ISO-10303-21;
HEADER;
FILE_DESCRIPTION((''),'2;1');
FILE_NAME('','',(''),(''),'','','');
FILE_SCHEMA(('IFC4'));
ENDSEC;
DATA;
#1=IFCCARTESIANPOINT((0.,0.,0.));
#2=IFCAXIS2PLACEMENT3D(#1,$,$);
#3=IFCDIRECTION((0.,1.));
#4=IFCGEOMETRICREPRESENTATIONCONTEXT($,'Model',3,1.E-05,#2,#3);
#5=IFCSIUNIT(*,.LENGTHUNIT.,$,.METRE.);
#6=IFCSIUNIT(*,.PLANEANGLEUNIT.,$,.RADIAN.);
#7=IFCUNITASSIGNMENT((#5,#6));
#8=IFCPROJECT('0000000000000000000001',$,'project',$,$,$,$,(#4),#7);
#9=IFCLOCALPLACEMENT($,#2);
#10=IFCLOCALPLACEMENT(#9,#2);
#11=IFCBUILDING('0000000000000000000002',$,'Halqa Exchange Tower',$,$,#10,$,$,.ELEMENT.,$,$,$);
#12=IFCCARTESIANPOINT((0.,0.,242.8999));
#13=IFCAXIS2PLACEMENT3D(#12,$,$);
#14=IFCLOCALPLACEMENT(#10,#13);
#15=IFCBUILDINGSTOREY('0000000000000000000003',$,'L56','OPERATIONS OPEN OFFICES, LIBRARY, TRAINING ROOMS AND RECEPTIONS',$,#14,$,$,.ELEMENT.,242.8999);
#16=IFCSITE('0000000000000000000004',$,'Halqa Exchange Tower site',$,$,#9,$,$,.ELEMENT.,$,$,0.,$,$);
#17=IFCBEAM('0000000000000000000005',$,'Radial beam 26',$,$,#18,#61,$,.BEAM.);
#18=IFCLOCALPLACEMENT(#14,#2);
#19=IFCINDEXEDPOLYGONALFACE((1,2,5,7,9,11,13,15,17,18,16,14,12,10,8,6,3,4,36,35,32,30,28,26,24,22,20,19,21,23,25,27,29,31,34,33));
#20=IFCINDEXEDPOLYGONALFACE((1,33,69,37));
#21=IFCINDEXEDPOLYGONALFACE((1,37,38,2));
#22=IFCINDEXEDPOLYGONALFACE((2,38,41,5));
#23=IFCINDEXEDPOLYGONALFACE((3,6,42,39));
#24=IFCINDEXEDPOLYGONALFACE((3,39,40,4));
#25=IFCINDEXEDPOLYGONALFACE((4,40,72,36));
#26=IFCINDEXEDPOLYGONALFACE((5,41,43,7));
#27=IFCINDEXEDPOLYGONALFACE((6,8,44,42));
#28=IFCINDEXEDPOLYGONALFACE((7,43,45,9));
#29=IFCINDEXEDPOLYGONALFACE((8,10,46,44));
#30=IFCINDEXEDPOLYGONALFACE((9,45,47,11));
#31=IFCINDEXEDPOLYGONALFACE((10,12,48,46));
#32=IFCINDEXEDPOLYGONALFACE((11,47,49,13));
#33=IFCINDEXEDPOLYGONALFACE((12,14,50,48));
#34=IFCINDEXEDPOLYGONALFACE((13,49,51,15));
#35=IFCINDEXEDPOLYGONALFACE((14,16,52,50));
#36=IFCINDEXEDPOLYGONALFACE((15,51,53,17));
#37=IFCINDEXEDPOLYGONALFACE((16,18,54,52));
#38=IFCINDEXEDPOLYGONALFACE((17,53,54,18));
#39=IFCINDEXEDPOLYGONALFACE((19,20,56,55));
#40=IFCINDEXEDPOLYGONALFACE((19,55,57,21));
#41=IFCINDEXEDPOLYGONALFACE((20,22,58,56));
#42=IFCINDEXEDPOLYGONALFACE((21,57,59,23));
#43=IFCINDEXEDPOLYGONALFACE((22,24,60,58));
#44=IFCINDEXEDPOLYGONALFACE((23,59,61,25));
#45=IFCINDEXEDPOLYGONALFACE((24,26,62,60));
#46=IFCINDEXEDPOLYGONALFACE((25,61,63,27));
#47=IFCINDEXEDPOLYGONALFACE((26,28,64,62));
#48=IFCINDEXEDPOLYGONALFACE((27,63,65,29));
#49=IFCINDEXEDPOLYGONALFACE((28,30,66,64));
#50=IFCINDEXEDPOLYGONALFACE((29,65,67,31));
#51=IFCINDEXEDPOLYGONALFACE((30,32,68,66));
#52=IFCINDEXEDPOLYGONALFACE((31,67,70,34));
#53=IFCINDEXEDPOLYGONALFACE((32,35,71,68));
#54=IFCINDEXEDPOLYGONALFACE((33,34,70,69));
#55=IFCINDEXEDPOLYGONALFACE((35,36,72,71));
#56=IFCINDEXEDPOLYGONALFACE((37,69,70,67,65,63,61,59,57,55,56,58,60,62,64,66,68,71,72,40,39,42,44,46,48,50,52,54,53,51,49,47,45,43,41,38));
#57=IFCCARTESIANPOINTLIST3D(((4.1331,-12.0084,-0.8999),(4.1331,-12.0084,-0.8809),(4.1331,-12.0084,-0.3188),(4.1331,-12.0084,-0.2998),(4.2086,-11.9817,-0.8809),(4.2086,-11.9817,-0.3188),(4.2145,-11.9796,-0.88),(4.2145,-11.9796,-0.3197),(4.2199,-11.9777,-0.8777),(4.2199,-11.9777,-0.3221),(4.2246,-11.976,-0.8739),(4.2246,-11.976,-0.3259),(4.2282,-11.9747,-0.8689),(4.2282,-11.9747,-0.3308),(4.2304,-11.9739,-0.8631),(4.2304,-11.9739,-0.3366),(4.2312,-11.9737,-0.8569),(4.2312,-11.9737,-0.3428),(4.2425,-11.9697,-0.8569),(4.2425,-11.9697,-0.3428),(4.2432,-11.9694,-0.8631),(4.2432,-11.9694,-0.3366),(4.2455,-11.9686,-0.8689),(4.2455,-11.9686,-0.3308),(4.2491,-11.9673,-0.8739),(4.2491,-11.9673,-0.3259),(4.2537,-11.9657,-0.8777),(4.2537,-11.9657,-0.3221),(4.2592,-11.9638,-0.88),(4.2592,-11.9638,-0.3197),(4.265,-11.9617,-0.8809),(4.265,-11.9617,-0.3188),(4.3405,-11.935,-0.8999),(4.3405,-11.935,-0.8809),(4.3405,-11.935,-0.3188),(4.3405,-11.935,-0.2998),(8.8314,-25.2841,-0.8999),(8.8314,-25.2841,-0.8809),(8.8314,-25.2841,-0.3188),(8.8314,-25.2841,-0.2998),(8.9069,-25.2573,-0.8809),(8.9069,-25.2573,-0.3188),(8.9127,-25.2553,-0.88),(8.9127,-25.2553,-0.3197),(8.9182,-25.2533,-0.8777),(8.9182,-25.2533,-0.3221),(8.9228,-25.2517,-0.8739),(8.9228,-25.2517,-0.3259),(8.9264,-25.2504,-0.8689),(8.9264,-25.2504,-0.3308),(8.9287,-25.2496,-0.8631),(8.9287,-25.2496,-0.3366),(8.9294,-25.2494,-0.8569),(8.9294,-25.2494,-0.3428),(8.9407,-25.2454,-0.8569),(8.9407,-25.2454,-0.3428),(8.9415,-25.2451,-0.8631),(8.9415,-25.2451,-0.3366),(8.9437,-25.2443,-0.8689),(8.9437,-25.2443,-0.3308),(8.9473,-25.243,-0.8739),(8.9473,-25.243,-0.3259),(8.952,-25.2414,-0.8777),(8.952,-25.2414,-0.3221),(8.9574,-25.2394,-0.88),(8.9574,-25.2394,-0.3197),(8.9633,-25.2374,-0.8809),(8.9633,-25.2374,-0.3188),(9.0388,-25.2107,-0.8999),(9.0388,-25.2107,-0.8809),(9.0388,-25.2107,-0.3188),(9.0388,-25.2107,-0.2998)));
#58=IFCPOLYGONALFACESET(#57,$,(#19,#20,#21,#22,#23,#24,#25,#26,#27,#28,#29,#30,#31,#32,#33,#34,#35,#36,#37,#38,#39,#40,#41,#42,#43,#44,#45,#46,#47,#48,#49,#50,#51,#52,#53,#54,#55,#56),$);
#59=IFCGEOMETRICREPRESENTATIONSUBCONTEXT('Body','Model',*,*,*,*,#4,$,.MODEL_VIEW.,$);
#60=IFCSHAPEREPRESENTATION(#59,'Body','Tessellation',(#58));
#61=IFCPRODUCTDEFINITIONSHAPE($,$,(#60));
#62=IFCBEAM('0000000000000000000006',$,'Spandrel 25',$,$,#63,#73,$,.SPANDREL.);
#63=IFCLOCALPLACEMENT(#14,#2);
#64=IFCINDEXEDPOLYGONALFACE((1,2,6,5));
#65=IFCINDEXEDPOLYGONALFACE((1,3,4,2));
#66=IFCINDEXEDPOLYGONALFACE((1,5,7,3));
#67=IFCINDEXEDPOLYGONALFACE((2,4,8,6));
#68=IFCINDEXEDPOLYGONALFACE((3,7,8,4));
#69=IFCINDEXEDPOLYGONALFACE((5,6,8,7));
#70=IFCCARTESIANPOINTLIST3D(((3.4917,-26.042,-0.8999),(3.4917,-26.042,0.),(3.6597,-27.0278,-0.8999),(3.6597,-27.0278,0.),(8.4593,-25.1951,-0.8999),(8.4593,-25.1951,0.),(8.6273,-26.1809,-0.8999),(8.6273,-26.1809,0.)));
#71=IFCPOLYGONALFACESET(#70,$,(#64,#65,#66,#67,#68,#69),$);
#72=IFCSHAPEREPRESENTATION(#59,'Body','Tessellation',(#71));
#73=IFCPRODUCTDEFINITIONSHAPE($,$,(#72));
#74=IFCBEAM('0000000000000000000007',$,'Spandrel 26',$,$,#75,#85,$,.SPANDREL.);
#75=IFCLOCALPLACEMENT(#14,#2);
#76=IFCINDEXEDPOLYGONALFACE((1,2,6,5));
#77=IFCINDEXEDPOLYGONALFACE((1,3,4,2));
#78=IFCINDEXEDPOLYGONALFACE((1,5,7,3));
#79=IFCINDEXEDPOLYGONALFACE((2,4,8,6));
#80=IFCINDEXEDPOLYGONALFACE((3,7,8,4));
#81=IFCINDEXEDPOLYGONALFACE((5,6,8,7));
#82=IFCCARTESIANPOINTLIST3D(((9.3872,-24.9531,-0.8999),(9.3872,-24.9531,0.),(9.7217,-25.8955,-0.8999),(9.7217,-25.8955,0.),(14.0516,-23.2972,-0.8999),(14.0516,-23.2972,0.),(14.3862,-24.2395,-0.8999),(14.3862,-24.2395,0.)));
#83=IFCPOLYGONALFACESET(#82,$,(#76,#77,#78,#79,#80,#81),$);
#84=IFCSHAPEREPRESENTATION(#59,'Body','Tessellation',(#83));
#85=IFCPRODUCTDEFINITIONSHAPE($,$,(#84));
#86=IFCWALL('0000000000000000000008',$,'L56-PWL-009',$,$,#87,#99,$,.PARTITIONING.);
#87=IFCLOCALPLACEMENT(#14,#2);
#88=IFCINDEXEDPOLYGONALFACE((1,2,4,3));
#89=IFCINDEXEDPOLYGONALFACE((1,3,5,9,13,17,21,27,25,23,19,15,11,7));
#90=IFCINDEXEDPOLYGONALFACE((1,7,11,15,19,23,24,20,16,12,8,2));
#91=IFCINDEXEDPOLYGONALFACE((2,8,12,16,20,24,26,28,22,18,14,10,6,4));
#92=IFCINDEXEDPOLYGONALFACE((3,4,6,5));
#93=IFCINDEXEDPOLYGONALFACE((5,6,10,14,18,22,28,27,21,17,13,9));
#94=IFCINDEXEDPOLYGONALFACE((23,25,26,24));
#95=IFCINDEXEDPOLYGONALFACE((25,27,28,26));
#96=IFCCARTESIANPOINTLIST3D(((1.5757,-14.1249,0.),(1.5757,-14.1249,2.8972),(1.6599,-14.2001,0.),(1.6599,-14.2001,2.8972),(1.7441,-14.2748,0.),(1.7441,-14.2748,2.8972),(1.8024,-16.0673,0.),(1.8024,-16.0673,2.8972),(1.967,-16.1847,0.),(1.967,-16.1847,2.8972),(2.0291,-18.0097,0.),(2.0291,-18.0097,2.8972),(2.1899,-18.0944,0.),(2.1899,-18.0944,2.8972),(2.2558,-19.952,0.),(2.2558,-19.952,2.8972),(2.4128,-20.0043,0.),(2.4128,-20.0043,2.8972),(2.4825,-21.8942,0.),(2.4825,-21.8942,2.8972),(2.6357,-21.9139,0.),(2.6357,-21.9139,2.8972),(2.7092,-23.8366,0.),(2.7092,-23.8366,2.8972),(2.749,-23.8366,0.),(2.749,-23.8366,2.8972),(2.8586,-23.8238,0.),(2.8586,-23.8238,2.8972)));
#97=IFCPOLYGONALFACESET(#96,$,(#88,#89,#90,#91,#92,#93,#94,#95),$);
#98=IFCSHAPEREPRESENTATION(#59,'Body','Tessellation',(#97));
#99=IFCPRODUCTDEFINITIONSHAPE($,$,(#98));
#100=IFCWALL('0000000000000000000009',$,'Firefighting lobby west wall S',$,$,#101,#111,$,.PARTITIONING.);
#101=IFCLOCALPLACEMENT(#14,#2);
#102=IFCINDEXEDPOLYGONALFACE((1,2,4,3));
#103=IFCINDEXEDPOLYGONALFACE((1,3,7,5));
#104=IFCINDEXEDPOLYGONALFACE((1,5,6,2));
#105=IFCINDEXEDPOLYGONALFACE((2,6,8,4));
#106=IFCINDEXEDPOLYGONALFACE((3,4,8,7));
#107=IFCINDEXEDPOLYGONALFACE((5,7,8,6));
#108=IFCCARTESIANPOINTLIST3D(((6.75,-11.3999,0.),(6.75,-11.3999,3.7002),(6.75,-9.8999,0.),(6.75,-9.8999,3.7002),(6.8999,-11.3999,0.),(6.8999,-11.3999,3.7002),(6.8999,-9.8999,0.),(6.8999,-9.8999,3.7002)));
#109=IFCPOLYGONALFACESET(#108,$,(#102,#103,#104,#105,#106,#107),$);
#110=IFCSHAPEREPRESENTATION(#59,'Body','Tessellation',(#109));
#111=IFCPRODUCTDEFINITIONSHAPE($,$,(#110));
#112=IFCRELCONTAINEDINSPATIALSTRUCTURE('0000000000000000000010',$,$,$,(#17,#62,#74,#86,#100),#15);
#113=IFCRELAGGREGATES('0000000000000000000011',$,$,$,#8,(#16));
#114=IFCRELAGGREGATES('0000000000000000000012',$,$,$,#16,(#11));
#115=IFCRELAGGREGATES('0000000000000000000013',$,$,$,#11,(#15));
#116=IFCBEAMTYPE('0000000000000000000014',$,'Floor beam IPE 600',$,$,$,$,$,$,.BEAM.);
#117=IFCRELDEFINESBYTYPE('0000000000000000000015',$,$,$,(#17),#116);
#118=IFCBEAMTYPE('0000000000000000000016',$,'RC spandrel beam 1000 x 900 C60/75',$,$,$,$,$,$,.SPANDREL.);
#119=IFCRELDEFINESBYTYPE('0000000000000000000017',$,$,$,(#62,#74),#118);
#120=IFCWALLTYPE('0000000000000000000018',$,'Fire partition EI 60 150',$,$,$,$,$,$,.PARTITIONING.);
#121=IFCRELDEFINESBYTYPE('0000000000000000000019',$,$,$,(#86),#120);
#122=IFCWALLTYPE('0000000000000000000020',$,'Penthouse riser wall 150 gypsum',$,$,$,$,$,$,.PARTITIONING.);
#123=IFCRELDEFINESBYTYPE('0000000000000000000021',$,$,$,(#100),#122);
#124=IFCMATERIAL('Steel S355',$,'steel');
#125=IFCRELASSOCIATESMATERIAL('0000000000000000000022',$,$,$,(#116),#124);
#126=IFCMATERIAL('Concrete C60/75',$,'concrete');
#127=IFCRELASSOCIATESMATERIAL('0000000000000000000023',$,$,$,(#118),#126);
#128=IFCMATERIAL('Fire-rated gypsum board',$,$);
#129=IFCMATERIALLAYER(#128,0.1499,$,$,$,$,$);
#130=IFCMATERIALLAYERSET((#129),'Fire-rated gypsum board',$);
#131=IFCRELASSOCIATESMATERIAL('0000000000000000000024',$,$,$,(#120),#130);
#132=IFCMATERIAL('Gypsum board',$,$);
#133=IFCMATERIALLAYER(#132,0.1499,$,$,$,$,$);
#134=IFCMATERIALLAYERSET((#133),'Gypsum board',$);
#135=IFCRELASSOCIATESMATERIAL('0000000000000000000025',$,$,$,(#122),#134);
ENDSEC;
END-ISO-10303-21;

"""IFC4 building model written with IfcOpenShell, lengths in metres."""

from ifc_helpers import new_model, si_unit, direction, frame, frame_2d, origin, origin_2d, place, context, subcontext, project, spatial, polyline, rectangle, i_section, outline, extrude, material, layer, layer_set, material_profile, profile_set, type_object, element, save


model = new_model("IFC4")

# Units and contexts
model_context = context("Model", 3, precision=1e-05, world=origin(), true_north=direction((0.0, 1.0)))
body_context = subcontext(model_context, "Body", "Model", "MODEL_VIEW")
ifc_project = project(units=[si_unit("LENGTHUNIT", "METRE"), si_unit("PLANEANGLEUNIT", "RADIAN")], contexts=[model_context])

# Site, building, storey
site_placement = place(None, origin())
site = spatial("IfcSite", under=ifc_project, at=site_placement, Name="Halqa Exchange Tower site", CompositionType="ELEMENT", RefElevation=0.0)
building_placement = place(site_placement, origin())
building = spatial("IfcBuilding", under=site, at=building_placement, Name="Halqa Exchange Tower", CompositionType="ELEMENT")
storey_placement = place(building_placement, frame((0.0, 0.0, 242.8999)))
storey = spatial("IfcBuildingStorey", under=building, at=storey_placement, Name="L56", Description="OPERATIONS OPEN OFFICES, LIBRARY, TRAINING ROOMS AND RECEPTIONS", CompositionType="ELEMENT", Elevation=242.8999)

# Shared definitions
ifc_material_1 = material(Name="Concrete C60/75", Category="concrete")

# Beams
ifc_material_2 = material(Name="Steel S355", Category="steel")
ifc_material_profile_1 = material_profile(ifc_material_2, i_section(OverallWidth=0.22, OverallDepth=0.6001, WebThickness=0.012, FlangeThickness=0.019, FilletRadius=0.0239, at=origin_2d()), Name="IPE 600")
ifc_profile_set_1 = profile_set([ifc_material_profile_1], Name="Steel S355")
beam_type_1 = type_object("IfcBeamType", Name="Floor beam IPE 600", PredefinedType="BEAM", material=ifc_profile_set_1)
beam_1_placement = place(storey_placement, frame((4.2368, -11.9717, -0.5999), z_axis=(0.333623, -0.942706, 0.0), x_axis=(0.942706, 0.333623, 0.0)))
element("IfcBeam", 1, at=beam_1_placement, inside=storey, type_object=beam_type_1, Name="Radial beam 26", PredefinedType="BEAM", context=body_context, shape_type="SweptSolid", body=[
    extrude(i_section(OverallWidth=0.22, OverallDepth=0.6001, WebThickness=0.012, FlangeThickness=0.019, FilletRadius=0.0239, at=origin_2d()), origin(), (0.0, 0.0, 1.0), 14.0825),
])
ifc_material_profile_2 = material_profile(ifc_material_1, rectangle(XDim=1.0, YDim=0.8999, at=origin_2d()), Name="1000 x 900")
ifc_profile_set_2 = profile_set([ifc_material_profile_2], Name="Concrete C60/75")
beam_type_2 = type_object("IfcBeamType", Name="RC spandrel beam 1000 x 900 C60/75", PredefinedType="SPANDREL", material=ifc_profile_set_2)
beam_2_placement = place(storey_placement, frame((3.5757, -26.5349, -0.45), z_axis=(0.985776, 0.168067, 0.0), x_axis=(-0.168067, 0.985776, 0.0)))
element("IfcBeam", 2, at=beam_2_placement, inside=storey, type_object=beam_type_2, Name="Spandrel 25", PredefinedType="SPANDREL", context=body_context, shape_type="SweptSolid", body=[
    extrude(rectangle(XDim=1.0, YDim=0.8999, at=origin_2d()), origin(), (0.0, 0.0, 1.0), 5.0393),
])
beam_3_placement = place(storey_placement, frame((9.5544, -25.4243, -0.45), z_axis=(0.942374, 0.334561, 0.0), x_axis=(-0.334561, 0.942374, 0.0)))
element("IfcBeam", 3, at=beam_3_placement, inside=storey, type_object=beam_type_2, Name="Spandrel 26", PredefinedType="SPANDREL", context=body_context, shape_type="SweptSolid", body=[
    extrude(rectangle(XDim=1.0, YDim=0.8999, at=origin_2d()), origin(), (0.0, 0.0, 1.0), 4.9497),
])

# Walls
ifc_material_3 = material(Name="Fire-rated gypsum board")
ifc_layer_1 = layer(ifc_material_3, 0.1499)
ifc_layer_set_1 = layer_set([ifc_layer_1], Name="Fire-rated gypsum board")
wall_type_1 = type_object("IfcWallType", Name="Fire partition EI 60 150", PredefinedType="PARTITIONING", material=ifc_layer_set_1)
wall_1_placement = place(storey_placement, frame((1.6501, -14.1162, 0.0), z_axis=(0.0, 0.0, 1.0), x_axis=(0.115927, -0.993258, 0.0)))
element("IfcWall", 4, at=wall_1_placement, inside=storey, type_object=wall_type_1, Name="L56-PWL-009", PredefinedType="PARTITIONING", context=body_context, shape_type="SweptSolid", body=[
    extrude(outline(polyline([(0.0, -0.075), (1.9556, -0.075), (3.9111, -0.075), (5.8667, -0.075), (7.822, -0.075), (9.7776, -0.075), (9.7822, -0.0354), (9.7822, 0.075), (7.8594, 0.075), (5.9368, 0.075), (4.0139, 0.075), (2.0913, 0.075), (0.1685, 0.075), (0.0845, 0.0), (0.0, -0.075)])), origin(), (0.0, 0.0, 1.0), 2.8972),
])
ifc_material_4 = material(Name="Gypsum board")
ifc_layer_2 = layer(ifc_material_4, 0.1499)
ifc_layer_set_2 = layer_set([ifc_layer_2], Name="Gypsum board")
wall_type_2 = type_object("IfcWallType", Name="Penthouse riser wall 150 gypsum", PredefinedType="PARTITIONING", material=ifc_layer_set_2)
wall_2_placement = place(storey_placement, frame((6.825, -11.3999, 0.0), z_axis=(0.0, 0.0, 1.0), x_axis=(0.0, 1.0, 0.0)))
element("IfcWall", 5, at=wall_2_placement, inside=storey, type_object=wall_type_2, Name="Firefighting lobby west wall S", PredefinedType="PARTITIONING", context=body_context, shape_type="SweptSolid", body=[
    extrude(rectangle(XDim=1.5, YDim=0.1499, at=frame_2d((0.75, 0.0))), origin(), (0.0, 0.0, 1.0), 3.7002),
])

save(model, "model.ifc")
